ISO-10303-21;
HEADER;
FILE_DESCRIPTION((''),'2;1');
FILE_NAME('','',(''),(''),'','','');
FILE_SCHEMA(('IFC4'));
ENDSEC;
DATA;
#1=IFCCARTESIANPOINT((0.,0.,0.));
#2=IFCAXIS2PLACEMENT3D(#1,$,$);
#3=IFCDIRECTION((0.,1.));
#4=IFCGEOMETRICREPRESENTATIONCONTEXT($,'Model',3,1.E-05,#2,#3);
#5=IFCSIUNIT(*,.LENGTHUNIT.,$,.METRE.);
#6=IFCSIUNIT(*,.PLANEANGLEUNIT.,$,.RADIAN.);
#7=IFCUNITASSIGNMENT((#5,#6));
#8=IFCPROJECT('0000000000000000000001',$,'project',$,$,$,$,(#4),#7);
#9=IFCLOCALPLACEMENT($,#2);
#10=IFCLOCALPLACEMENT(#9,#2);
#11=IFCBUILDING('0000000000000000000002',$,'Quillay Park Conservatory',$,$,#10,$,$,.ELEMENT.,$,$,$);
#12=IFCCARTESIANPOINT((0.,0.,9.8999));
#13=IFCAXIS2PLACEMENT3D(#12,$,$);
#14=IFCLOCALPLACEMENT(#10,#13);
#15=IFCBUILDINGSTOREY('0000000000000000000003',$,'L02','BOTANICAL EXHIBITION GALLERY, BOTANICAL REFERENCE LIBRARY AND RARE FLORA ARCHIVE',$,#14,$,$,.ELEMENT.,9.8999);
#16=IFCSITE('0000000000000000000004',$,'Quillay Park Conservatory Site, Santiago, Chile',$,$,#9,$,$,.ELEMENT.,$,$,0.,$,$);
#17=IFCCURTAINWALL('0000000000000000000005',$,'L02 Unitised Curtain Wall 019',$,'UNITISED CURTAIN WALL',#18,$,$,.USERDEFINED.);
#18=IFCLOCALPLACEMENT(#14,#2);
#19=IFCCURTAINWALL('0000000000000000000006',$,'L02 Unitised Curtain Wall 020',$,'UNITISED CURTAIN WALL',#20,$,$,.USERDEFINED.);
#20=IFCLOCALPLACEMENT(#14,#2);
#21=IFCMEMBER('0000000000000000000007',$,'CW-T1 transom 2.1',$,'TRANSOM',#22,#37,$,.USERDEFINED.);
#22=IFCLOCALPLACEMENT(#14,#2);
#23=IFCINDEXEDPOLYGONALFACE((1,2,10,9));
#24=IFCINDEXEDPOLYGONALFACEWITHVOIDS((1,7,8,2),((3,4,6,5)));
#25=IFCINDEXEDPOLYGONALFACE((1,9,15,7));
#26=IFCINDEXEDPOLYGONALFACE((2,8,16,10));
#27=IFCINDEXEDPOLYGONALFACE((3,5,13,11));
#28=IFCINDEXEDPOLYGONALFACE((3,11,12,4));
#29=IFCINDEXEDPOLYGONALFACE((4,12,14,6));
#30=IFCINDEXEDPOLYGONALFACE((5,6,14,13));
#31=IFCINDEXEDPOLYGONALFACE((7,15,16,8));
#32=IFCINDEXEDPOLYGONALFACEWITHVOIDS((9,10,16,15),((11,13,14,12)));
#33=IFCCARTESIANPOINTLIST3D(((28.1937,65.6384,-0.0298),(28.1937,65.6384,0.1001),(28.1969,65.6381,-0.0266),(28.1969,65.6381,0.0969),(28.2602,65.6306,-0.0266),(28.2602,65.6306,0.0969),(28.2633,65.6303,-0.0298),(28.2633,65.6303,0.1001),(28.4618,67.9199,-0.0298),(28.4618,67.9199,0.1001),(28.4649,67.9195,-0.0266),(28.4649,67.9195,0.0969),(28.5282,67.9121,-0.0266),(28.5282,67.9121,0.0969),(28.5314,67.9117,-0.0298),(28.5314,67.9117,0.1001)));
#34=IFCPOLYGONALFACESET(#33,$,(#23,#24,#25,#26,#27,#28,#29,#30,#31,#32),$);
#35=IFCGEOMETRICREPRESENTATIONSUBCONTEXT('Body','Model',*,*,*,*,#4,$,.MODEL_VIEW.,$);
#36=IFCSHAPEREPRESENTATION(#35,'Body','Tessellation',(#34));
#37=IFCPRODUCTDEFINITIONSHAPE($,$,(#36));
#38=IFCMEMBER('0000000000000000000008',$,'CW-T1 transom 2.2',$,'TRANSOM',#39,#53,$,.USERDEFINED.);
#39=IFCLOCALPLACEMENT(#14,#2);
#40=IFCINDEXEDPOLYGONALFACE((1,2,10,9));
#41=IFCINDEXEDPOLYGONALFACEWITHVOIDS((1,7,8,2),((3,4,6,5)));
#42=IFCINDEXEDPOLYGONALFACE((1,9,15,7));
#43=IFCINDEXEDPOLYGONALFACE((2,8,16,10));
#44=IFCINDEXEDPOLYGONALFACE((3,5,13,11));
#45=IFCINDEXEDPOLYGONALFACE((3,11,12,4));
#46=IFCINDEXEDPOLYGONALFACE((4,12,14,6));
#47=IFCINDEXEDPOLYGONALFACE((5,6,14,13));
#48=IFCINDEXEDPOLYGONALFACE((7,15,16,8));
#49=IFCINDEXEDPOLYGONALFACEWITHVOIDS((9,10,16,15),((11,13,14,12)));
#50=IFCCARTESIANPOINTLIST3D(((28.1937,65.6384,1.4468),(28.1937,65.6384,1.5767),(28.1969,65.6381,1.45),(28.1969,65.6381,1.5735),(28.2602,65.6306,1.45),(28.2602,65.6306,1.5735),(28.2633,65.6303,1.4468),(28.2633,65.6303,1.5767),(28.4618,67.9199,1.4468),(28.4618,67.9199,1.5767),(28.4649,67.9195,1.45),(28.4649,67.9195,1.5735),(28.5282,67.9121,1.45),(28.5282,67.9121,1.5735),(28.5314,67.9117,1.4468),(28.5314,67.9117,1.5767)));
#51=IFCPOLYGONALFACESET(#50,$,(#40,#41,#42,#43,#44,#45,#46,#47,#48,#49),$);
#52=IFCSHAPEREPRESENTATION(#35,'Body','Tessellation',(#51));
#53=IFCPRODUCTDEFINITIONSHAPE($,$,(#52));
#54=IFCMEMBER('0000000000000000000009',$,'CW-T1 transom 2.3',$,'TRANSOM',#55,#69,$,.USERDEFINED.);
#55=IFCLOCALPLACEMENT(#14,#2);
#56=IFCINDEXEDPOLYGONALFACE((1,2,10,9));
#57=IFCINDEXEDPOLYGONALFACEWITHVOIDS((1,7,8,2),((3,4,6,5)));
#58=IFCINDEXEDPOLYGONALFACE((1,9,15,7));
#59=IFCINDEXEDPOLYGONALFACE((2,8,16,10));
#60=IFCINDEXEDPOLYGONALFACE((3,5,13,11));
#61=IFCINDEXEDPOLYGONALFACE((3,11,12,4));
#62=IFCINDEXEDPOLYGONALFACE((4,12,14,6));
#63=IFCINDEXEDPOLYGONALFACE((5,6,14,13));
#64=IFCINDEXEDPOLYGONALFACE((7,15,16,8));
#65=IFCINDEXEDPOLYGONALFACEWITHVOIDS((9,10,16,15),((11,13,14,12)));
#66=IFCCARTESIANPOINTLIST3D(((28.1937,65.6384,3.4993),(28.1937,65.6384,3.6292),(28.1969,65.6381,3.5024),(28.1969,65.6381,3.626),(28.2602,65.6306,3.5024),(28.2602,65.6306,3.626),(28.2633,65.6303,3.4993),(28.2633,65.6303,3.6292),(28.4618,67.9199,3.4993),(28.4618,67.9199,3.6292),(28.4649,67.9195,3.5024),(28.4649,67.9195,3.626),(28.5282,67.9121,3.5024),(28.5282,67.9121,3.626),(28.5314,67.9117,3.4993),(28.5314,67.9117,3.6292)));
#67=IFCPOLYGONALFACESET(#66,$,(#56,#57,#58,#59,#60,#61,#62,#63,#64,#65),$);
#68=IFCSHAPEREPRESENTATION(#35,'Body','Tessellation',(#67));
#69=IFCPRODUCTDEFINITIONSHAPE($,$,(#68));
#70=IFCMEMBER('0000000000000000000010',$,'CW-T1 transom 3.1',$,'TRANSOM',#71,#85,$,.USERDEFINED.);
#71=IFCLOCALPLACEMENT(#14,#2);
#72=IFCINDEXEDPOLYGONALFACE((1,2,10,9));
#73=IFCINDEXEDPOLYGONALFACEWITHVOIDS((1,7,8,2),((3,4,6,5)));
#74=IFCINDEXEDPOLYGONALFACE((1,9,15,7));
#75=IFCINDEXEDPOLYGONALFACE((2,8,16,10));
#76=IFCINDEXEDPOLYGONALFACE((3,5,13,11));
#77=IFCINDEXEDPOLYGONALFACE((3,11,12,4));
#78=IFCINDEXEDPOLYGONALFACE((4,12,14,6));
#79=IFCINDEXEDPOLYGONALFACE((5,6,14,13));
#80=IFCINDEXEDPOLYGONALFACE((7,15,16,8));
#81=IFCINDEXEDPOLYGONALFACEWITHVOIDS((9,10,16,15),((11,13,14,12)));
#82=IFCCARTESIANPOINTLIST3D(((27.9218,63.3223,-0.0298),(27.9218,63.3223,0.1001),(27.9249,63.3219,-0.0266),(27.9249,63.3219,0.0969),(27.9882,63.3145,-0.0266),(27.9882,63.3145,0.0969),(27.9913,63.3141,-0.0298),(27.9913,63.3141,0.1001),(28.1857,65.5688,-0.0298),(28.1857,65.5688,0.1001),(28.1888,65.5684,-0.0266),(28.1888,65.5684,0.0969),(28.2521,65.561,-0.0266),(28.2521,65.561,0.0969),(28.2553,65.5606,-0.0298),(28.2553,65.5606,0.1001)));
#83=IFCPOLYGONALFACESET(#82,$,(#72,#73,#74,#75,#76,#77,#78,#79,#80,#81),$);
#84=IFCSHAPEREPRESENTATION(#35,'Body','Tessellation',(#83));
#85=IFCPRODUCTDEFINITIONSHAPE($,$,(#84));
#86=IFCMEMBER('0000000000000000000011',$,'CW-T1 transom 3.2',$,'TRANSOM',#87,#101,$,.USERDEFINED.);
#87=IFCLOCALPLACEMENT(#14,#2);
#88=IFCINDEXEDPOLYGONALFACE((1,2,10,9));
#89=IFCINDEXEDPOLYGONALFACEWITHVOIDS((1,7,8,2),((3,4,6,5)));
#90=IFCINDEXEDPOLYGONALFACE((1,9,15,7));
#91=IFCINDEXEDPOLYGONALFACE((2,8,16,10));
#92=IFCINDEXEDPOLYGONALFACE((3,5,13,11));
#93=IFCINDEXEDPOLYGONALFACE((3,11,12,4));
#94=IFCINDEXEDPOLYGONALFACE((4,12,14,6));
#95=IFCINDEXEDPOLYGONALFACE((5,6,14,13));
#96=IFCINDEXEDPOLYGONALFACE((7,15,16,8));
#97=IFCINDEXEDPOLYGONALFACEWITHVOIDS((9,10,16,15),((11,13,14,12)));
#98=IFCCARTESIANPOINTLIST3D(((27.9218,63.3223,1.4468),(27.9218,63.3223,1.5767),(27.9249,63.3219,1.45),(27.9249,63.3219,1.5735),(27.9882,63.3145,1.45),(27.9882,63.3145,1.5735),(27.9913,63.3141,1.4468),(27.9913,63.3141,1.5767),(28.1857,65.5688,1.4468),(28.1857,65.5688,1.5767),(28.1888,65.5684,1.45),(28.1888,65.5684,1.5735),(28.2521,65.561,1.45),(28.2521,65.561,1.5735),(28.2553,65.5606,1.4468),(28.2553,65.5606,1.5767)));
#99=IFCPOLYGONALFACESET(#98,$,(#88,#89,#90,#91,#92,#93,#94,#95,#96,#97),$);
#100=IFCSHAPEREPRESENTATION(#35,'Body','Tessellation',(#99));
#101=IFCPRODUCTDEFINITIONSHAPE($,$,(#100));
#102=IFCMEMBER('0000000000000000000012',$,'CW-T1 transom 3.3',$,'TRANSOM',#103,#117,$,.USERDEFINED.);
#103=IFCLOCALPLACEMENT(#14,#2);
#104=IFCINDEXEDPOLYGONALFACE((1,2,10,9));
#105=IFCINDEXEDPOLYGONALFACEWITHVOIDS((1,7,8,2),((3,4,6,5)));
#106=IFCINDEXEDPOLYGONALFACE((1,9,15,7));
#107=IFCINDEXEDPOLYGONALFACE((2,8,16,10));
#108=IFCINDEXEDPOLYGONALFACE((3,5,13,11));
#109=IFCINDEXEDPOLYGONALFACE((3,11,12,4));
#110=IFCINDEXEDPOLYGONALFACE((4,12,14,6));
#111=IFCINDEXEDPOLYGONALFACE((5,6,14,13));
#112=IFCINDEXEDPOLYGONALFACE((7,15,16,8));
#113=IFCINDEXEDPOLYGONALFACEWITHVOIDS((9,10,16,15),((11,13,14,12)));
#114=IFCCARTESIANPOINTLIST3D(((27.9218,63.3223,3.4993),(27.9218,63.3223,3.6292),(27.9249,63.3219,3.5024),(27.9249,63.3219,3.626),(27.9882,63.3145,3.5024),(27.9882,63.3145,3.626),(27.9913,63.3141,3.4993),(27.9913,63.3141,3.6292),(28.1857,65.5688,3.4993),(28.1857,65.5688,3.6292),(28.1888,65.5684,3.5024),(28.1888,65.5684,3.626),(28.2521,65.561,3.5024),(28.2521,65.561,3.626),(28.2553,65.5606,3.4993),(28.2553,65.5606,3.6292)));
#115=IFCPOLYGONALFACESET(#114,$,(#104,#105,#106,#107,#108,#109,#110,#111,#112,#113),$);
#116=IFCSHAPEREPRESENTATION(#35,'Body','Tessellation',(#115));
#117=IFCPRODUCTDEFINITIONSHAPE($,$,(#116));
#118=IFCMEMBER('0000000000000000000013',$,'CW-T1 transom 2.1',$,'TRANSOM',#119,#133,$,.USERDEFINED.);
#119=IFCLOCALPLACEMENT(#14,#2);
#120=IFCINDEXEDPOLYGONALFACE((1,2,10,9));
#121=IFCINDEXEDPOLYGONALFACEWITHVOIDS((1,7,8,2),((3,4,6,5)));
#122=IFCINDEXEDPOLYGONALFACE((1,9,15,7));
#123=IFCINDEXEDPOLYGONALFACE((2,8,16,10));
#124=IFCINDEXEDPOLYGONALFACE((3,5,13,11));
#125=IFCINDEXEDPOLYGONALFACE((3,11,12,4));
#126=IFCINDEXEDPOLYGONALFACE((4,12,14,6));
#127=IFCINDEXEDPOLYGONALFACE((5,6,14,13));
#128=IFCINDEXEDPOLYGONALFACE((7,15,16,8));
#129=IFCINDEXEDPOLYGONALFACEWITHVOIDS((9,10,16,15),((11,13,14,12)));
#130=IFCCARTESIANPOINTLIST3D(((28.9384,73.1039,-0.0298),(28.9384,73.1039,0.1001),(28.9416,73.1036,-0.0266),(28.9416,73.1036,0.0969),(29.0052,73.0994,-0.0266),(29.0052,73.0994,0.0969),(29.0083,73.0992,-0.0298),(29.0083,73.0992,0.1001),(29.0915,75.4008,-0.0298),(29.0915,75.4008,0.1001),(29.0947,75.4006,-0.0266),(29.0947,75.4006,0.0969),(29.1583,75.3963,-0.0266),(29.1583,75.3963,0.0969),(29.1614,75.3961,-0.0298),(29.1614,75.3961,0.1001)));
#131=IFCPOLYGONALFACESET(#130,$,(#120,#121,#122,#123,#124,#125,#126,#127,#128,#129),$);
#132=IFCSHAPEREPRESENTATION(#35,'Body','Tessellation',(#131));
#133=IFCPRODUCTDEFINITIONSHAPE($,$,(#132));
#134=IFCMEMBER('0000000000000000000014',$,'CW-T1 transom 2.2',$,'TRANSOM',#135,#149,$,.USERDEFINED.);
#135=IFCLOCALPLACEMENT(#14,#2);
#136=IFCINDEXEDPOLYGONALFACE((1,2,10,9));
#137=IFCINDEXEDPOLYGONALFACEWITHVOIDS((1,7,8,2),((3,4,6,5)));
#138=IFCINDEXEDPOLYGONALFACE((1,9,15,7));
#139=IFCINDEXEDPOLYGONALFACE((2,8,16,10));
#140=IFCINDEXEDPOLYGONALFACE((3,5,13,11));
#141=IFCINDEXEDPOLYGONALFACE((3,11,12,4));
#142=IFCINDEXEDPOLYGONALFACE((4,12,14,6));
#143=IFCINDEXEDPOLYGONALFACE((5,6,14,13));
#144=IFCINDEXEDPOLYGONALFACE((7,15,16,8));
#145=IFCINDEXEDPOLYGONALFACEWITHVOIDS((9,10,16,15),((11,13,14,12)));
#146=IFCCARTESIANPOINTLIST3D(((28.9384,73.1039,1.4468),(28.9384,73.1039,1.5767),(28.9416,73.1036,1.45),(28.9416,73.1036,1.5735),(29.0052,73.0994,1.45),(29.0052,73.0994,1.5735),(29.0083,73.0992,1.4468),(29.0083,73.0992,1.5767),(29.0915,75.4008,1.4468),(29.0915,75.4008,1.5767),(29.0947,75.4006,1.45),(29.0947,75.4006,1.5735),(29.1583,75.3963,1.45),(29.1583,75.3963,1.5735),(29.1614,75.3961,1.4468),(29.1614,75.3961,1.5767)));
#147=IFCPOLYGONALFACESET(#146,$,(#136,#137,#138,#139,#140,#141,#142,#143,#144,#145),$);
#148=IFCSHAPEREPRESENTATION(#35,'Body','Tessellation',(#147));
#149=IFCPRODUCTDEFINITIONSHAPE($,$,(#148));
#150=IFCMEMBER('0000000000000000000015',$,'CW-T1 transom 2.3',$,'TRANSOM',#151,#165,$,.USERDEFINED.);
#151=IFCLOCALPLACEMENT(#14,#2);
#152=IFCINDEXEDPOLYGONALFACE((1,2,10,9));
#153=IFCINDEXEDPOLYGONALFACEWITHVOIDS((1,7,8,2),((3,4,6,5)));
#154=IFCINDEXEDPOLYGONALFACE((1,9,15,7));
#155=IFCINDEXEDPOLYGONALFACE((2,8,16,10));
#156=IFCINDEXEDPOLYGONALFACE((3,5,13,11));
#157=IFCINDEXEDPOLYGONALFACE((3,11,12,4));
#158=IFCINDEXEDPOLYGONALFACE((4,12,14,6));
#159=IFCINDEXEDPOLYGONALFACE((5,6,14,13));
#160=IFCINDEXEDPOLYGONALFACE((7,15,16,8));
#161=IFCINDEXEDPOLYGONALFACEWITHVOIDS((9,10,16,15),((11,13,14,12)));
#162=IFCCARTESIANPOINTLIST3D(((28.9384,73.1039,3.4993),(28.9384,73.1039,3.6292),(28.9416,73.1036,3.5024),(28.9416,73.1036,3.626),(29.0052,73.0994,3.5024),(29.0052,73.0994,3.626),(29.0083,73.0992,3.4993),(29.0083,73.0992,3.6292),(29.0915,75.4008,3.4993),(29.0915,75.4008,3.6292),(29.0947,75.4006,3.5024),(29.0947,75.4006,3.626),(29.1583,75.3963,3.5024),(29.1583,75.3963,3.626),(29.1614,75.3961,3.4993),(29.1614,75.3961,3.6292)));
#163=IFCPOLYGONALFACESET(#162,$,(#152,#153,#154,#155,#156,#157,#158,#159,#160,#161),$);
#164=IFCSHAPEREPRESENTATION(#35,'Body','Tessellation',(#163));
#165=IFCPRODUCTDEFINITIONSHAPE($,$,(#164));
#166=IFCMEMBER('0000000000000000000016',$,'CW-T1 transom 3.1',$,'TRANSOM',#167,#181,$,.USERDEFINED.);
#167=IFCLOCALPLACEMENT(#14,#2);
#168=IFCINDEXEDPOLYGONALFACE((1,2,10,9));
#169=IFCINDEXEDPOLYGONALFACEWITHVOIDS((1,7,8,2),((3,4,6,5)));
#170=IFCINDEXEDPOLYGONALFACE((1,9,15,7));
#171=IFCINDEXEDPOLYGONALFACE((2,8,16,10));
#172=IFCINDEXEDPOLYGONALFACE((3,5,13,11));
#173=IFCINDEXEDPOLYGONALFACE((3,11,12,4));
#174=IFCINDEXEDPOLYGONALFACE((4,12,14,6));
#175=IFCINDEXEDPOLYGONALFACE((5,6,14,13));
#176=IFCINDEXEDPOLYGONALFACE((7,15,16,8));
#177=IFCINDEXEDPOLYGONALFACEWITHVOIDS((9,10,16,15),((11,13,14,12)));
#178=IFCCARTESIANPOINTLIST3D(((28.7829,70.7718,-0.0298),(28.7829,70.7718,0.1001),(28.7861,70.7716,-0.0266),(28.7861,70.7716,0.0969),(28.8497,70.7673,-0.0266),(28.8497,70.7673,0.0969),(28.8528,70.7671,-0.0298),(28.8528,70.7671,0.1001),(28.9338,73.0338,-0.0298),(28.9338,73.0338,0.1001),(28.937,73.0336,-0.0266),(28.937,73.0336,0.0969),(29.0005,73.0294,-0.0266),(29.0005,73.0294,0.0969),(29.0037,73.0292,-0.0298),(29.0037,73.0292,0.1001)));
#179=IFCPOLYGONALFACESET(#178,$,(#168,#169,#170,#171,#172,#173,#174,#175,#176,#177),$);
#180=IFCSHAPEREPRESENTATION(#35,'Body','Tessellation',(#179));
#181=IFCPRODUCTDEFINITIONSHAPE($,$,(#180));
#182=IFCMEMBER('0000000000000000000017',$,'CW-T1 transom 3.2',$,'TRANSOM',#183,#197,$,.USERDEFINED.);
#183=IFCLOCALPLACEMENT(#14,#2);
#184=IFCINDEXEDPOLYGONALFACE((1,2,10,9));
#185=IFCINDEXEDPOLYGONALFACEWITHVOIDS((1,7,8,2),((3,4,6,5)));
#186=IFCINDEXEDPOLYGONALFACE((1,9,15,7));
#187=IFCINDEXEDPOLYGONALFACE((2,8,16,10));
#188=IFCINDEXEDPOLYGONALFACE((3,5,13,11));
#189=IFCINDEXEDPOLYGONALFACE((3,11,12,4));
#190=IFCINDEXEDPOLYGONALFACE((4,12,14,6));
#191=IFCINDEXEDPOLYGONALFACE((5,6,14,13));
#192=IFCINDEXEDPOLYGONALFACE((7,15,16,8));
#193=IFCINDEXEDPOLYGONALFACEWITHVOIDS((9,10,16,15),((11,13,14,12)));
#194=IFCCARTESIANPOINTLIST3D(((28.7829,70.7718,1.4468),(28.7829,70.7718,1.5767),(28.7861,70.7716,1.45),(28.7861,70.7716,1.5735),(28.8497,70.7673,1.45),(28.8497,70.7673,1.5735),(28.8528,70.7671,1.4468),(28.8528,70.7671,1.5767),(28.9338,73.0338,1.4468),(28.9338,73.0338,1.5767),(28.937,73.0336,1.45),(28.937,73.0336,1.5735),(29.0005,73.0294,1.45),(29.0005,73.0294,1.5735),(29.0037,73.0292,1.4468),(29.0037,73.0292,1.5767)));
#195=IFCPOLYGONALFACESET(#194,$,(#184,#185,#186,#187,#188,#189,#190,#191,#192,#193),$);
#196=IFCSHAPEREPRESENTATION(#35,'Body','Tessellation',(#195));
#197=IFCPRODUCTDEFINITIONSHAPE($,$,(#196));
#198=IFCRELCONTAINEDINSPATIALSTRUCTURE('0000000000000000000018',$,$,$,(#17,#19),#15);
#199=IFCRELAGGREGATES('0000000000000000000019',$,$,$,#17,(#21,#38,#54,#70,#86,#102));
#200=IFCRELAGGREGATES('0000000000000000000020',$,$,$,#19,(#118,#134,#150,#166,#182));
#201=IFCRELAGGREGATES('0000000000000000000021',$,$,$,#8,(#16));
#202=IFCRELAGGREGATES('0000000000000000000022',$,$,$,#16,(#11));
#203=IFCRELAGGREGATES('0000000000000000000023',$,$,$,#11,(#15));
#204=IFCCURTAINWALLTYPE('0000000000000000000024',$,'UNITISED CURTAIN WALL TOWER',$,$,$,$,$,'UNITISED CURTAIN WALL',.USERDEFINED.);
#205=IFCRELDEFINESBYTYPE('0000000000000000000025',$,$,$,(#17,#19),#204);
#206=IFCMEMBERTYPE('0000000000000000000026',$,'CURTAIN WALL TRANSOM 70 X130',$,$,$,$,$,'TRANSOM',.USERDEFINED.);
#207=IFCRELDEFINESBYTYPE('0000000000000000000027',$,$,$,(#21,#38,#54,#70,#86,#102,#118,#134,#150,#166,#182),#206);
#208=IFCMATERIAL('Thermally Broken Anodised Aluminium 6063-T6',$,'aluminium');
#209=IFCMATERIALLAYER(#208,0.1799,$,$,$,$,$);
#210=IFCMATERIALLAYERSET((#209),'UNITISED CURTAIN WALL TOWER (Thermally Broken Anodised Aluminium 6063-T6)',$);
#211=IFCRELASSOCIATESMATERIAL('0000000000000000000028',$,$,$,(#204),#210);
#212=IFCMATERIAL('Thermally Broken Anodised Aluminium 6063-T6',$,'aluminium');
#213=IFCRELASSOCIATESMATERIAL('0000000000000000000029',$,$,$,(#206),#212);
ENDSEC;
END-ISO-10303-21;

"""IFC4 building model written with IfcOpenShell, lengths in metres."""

from ifc_helpers import new_model, si_unit, direction, frame, origin, origin_2d, place, context, subcontext, project, spatial, hollow_rectangle, extrude, material, layer, layer_set, material_profile, profile_set, type_object, element, aggregate, save


model = new_model("IFC4")

# Units and contexts
model_context = context("Model", 3, precision=1e-05, world=origin(), true_north=direction((0.0, 1.0)))
body_context = subcontext(model_context, "Body", "Model", "MODEL_VIEW")
ifc_project = project(units=[si_unit("LENGTHUNIT", "METRE"), si_unit("PLANEANGLEUNIT", "RADIAN")], contexts=[model_context])

# Site, building, storey
site_placement = place(None, origin())
site = spatial("IfcSite", under=ifc_project, at=site_placement, Name="Quillay Park Conservatory Site, Santiago, Chile", CompositionType="ELEMENT", RefElevation=0.0)
building_placement = place(site_placement, origin())
building = spatial("IfcBuilding", under=site, at=building_placement, Name="Quillay Park Conservatory", CompositionType="ELEMENT")
storey_placement = place(building_placement, frame((0.0, 0.0, 9.8999)))
storey = spatial("IfcBuildingStorey", under=building, at=storey_placement, Name="L02", Description="BOTANICAL EXHIBITION GALLERY, BOTANICAL REFERENCE LIBRARY AND RARE FLORA ARCHIVE", CompositionType="ELEMENT", Elevation=9.8999)

# Curtain walls
ifc_material_1 = material(Name="Thermally Broken Anodised Aluminium 6063-T6", Category="aluminium")
ifc_layer_1 = layer(ifc_material_1, 0.1799)
ifc_layer_set_1 = layer_set([ifc_layer_1], Name="UNITISED CURTAIN WALL TOWER (Thermally Broken Anodised Aluminium 6063-T6)")
curtain_wall_type = type_object("IfcCurtainWallType", Name="UNITISED CURTAIN WALL TOWER", ElementType="UNITISED CURTAIN WALL", PredefinedType="USERDEFINED", material=ifc_layer_set_1)
curtain_wall_1_placement = place(storey_placement, origin())
curtain_wall_1 = element("IfcCurtainWall", 1, at=curtain_wall_1_placement, inside=storey, type_object=curtain_wall_type, Name="L02 Unitised Curtain Wall 019", ObjectType="UNITISED CURTAIN WALL", PredefinedType="USERDEFINED")
curtain_wall_2_placement = place(storey_placement, origin())
curtain_wall_2 = element("IfcCurtainWall", 2, at=curtain_wall_2_placement, inside=storey, type_object=curtain_wall_type, Name="L02 Unitised Curtain Wall 020", ObjectType="UNITISED CURTAIN WALL", PredefinedType="USERDEFINED")

# Members
ifc_material_2 = material(Name="Thermally Broken Anodised Aluminium 6063-T6", Category="aluminium")
ifc_material_profile_1 = material_profile(ifc_material_2, hollow_rectangle(XDim=0.0701, YDim=0.1299, WallThickness=0.0032, at=origin_2d()), Name="AL70x130x3.2")
ifc_profile_set_1 = profile_set([ifc_material_profile_1], Name="Thermally Broken Anodised Aluminium 6063-T6")
member_type_1 = type_object("IfcMemberType", Name="CURTAIN WALL TRANSOM 70 X130", ElementType="TRANSOM", PredefinedType="USERDEFINED", material=ifc_profile_set_1)
member_1_placement = place(storey_placement, frame((28.4966, 67.9158, 0.0352), z_axis=(-0.116693, -0.993168, 0.0), x_axis=(0.993168, -0.116693, 0.0)))
member_1 = element("IfcMember", 3, at=member_1_placement, type_object=member_type_1, Name="CW-T1 transom 2.1", ObjectType="TRANSOM", PredefinedType="USERDEFINED", context=body_context, shape_type="SweptSolid", body=[
    extrude(hollow_rectangle(XDim=0.0701, YDim=0.1299, WallThickness=0.0032, at=origin_2d()), origin(), (0.0, 0.0, 1.0), 2.2971),
])
member_2_placement = place(storey_placement, frame((28.4966, 67.9158, 1.5117), z_axis=(-0.116693, -0.993168, 0.0), x_axis=(0.993168, -0.116693, 0.0)))
member_2 = element("IfcMember", 4, at=member_2_placement, type_object=member_type_1, Name="CW-T1 transom 2.2", ObjectType="TRANSOM", PredefinedType="USERDEFINED", context=body_context, shape_type="SweptSolid", body=[
    extrude(hollow_rectangle(XDim=0.0701, YDim=0.1299, WallThickness=0.0032, at=origin_2d()), origin(), (0.0, 0.0, 1.0), 2.2971),
])
member_3_placement = place(storey_placement, frame((28.4966, 67.9158, 3.5642), z_axis=(-0.116693, -0.993168, 0.0), x_axis=(0.993168, -0.116693, 0.0)))
member_3 = element("IfcMember", 5, at=member_3_placement, type_object=member_type_1, Name="CW-T1 transom 2.3", ObjectType="TRANSOM", PredefinedType="USERDEFINED", context=body_context, shape_type="SweptSolid", body=[
    extrude(hollow_rectangle(XDim=0.0701, YDim=0.1299, WallThickness=0.0032, at=origin_2d()), origin(), (0.0, 0.0, 1.0), 2.2971),
])
member_4_placement = place(storey_placement, frame((28.2205, 65.5647, 0.0352), z_axis=(-0.116672, -0.99317, 0.0), x_axis=(0.99317, -0.116672, 0.0)))
member_4 = element("IfcMember", 6, at=member_4_placement, type_object=member_type_1, Name="CW-T1 transom 3.1", ObjectType="TRANSOM", PredefinedType="USERDEFINED", context=body_context, shape_type="SweptSolid", body=[
    extrude(hollow_rectangle(XDim=0.0701, YDim=0.1299, WallThickness=0.0032, at=origin_2d()), origin(), (0.0, 0.0, 1.0), 2.262),
])
member_5_placement = place(storey_placement, frame((28.2205, 65.5647, 1.5117), z_axis=(-0.116672, -0.99317, 0.0), x_axis=(0.99317, -0.116672, 0.0)))
member_5 = element("IfcMember", 7, at=member_5_placement, type_object=member_type_1, Name="CW-T1 transom 3.2", ObjectType="TRANSOM", PredefinedType="USERDEFINED", context=body_context, shape_type="SweptSolid", body=[
    extrude(hollow_rectangle(XDim=0.0701, YDim=0.1299, WallThickness=0.0032, at=origin_2d()), origin(), (0.0, 0.0, 1.0), 2.262),
])
member_6_placement = place(storey_placement, frame((28.2205, 65.5647, 3.5642), z_axis=(-0.116672, -0.99317, 0.0), x_axis=(0.99317, -0.116672, 0.0)))
member_6 = element("IfcMember", 8, at=member_6_placement, type_object=member_type_1, Name="CW-T1 transom 3.3", ObjectType="TRANSOM", PredefinedType="USERDEFINED", context=body_context, shape_type="SweptSolid", body=[
    extrude(hollow_rectangle(XDim=0.0701, YDim=0.1299, WallThickness=0.0032, at=origin_2d()), origin(), (0.0, 0.0, 1.0), 2.262),
])
member_7_placement = place(storey_placement, frame((29.1265, 75.3984, 0.0352), z_axis=(-0.066498, -0.997787, 0.0), x_axis=(0.997787, -0.066498, 0.0)))
member_7 = element("IfcMember", 9, at=member_7_placement, type_object=member_type_1, Name="CW-T1 transom 2.1", ObjectType="TRANSOM", PredefinedType="USERDEFINED", context=body_context, shape_type="SweptSolid", body=[
    extrude(hollow_rectangle(XDim=0.0701, YDim=0.1299, WallThickness=0.0032, at=origin_2d()), origin(), (0.0, 0.0, 1.0), 2.302),
])
member_8_placement = place(storey_placement, frame((29.1265, 75.3984, 1.5117), z_axis=(-0.066498, -0.997787, 0.0), x_axis=(0.997787, -0.066498, 0.0)))
member_8 = element("IfcMember", 10, at=member_8_placement, type_object=member_type_1, Name="CW-T1 transom 2.2", ObjectType="TRANSOM", PredefinedType="USERDEFINED", context=body_context, shape_type="SweptSolid", body=[
    extrude(hollow_rectangle(XDim=0.0701, YDim=0.1299, WallThickness=0.0032, at=origin_2d()), origin(), (0.0, 0.0, 1.0), 2.302),
])
member_9_placement = place(storey_placement, frame((29.1265, 75.3984, 3.5642), z_axis=(-0.066498, -0.997787, 0.0), x_axis=(0.997787, -0.066498, 0.0)))
member_9 = element("IfcMember", 11, at=member_9_placement, type_object=member_type_1, Name="CW-T1 transom 2.3", ObjectType="TRANSOM", PredefinedType="USERDEFINED", context=body_context, shape_type="SweptSolid", body=[
    extrude(hollow_rectangle(XDim=0.0701, YDim=0.1299, WallThickness=0.0032, at=origin_2d()), origin(), (0.0, 0.0, 1.0), 2.302),
])
member_10_placement = place(storey_placement, frame((28.9688, 73.0315, 0.0352), z_axis=(-0.066555, -0.997783, 0.0), x_axis=(0.997783, -0.066555, 0.0)))
member_10 = element("IfcMember", 12, at=member_10_placement, type_object=member_type_1, Name="CW-T1 transom 3.1", ObjectType="TRANSOM", PredefinedType="USERDEFINED", context=body_context, shape_type="SweptSolid", body=[
    extrude(hollow_rectangle(XDim=0.0701, YDim=0.1299, WallThickness=0.0032, at=origin_2d()), origin(), (0.0, 0.0, 1.0), 2.2671),
])
member_11_placement = place(storey_placement, frame((28.9688, 73.0315, 1.5117), z_axis=(-0.066555, -0.997783, 0.0), x_axis=(0.997783, -0.066555, 0.0)))
member_11 = element("IfcMember", 13, at=member_11_placement, type_object=member_type_1, Name="CW-T1 transom 3.2", ObjectType="TRANSOM", PredefinedType="USERDEFINED", context=body_context, shape_type="SweptSolid", body=[
    extrude(hollow_rectangle(XDim=0.0701, YDim=0.1299, WallThickness=0.0032, at=origin_2d()), origin(), (0.0, 0.0, 1.0), 2.2671),
])

aggregate(curtain_wall_1, [member_1, member_2, member_3, member_4, member_5, member_6])
aggregate(curtain_wall_2, [member_7, member_8, member_9, member_10, member_11])

save(model, "model.ifc")
